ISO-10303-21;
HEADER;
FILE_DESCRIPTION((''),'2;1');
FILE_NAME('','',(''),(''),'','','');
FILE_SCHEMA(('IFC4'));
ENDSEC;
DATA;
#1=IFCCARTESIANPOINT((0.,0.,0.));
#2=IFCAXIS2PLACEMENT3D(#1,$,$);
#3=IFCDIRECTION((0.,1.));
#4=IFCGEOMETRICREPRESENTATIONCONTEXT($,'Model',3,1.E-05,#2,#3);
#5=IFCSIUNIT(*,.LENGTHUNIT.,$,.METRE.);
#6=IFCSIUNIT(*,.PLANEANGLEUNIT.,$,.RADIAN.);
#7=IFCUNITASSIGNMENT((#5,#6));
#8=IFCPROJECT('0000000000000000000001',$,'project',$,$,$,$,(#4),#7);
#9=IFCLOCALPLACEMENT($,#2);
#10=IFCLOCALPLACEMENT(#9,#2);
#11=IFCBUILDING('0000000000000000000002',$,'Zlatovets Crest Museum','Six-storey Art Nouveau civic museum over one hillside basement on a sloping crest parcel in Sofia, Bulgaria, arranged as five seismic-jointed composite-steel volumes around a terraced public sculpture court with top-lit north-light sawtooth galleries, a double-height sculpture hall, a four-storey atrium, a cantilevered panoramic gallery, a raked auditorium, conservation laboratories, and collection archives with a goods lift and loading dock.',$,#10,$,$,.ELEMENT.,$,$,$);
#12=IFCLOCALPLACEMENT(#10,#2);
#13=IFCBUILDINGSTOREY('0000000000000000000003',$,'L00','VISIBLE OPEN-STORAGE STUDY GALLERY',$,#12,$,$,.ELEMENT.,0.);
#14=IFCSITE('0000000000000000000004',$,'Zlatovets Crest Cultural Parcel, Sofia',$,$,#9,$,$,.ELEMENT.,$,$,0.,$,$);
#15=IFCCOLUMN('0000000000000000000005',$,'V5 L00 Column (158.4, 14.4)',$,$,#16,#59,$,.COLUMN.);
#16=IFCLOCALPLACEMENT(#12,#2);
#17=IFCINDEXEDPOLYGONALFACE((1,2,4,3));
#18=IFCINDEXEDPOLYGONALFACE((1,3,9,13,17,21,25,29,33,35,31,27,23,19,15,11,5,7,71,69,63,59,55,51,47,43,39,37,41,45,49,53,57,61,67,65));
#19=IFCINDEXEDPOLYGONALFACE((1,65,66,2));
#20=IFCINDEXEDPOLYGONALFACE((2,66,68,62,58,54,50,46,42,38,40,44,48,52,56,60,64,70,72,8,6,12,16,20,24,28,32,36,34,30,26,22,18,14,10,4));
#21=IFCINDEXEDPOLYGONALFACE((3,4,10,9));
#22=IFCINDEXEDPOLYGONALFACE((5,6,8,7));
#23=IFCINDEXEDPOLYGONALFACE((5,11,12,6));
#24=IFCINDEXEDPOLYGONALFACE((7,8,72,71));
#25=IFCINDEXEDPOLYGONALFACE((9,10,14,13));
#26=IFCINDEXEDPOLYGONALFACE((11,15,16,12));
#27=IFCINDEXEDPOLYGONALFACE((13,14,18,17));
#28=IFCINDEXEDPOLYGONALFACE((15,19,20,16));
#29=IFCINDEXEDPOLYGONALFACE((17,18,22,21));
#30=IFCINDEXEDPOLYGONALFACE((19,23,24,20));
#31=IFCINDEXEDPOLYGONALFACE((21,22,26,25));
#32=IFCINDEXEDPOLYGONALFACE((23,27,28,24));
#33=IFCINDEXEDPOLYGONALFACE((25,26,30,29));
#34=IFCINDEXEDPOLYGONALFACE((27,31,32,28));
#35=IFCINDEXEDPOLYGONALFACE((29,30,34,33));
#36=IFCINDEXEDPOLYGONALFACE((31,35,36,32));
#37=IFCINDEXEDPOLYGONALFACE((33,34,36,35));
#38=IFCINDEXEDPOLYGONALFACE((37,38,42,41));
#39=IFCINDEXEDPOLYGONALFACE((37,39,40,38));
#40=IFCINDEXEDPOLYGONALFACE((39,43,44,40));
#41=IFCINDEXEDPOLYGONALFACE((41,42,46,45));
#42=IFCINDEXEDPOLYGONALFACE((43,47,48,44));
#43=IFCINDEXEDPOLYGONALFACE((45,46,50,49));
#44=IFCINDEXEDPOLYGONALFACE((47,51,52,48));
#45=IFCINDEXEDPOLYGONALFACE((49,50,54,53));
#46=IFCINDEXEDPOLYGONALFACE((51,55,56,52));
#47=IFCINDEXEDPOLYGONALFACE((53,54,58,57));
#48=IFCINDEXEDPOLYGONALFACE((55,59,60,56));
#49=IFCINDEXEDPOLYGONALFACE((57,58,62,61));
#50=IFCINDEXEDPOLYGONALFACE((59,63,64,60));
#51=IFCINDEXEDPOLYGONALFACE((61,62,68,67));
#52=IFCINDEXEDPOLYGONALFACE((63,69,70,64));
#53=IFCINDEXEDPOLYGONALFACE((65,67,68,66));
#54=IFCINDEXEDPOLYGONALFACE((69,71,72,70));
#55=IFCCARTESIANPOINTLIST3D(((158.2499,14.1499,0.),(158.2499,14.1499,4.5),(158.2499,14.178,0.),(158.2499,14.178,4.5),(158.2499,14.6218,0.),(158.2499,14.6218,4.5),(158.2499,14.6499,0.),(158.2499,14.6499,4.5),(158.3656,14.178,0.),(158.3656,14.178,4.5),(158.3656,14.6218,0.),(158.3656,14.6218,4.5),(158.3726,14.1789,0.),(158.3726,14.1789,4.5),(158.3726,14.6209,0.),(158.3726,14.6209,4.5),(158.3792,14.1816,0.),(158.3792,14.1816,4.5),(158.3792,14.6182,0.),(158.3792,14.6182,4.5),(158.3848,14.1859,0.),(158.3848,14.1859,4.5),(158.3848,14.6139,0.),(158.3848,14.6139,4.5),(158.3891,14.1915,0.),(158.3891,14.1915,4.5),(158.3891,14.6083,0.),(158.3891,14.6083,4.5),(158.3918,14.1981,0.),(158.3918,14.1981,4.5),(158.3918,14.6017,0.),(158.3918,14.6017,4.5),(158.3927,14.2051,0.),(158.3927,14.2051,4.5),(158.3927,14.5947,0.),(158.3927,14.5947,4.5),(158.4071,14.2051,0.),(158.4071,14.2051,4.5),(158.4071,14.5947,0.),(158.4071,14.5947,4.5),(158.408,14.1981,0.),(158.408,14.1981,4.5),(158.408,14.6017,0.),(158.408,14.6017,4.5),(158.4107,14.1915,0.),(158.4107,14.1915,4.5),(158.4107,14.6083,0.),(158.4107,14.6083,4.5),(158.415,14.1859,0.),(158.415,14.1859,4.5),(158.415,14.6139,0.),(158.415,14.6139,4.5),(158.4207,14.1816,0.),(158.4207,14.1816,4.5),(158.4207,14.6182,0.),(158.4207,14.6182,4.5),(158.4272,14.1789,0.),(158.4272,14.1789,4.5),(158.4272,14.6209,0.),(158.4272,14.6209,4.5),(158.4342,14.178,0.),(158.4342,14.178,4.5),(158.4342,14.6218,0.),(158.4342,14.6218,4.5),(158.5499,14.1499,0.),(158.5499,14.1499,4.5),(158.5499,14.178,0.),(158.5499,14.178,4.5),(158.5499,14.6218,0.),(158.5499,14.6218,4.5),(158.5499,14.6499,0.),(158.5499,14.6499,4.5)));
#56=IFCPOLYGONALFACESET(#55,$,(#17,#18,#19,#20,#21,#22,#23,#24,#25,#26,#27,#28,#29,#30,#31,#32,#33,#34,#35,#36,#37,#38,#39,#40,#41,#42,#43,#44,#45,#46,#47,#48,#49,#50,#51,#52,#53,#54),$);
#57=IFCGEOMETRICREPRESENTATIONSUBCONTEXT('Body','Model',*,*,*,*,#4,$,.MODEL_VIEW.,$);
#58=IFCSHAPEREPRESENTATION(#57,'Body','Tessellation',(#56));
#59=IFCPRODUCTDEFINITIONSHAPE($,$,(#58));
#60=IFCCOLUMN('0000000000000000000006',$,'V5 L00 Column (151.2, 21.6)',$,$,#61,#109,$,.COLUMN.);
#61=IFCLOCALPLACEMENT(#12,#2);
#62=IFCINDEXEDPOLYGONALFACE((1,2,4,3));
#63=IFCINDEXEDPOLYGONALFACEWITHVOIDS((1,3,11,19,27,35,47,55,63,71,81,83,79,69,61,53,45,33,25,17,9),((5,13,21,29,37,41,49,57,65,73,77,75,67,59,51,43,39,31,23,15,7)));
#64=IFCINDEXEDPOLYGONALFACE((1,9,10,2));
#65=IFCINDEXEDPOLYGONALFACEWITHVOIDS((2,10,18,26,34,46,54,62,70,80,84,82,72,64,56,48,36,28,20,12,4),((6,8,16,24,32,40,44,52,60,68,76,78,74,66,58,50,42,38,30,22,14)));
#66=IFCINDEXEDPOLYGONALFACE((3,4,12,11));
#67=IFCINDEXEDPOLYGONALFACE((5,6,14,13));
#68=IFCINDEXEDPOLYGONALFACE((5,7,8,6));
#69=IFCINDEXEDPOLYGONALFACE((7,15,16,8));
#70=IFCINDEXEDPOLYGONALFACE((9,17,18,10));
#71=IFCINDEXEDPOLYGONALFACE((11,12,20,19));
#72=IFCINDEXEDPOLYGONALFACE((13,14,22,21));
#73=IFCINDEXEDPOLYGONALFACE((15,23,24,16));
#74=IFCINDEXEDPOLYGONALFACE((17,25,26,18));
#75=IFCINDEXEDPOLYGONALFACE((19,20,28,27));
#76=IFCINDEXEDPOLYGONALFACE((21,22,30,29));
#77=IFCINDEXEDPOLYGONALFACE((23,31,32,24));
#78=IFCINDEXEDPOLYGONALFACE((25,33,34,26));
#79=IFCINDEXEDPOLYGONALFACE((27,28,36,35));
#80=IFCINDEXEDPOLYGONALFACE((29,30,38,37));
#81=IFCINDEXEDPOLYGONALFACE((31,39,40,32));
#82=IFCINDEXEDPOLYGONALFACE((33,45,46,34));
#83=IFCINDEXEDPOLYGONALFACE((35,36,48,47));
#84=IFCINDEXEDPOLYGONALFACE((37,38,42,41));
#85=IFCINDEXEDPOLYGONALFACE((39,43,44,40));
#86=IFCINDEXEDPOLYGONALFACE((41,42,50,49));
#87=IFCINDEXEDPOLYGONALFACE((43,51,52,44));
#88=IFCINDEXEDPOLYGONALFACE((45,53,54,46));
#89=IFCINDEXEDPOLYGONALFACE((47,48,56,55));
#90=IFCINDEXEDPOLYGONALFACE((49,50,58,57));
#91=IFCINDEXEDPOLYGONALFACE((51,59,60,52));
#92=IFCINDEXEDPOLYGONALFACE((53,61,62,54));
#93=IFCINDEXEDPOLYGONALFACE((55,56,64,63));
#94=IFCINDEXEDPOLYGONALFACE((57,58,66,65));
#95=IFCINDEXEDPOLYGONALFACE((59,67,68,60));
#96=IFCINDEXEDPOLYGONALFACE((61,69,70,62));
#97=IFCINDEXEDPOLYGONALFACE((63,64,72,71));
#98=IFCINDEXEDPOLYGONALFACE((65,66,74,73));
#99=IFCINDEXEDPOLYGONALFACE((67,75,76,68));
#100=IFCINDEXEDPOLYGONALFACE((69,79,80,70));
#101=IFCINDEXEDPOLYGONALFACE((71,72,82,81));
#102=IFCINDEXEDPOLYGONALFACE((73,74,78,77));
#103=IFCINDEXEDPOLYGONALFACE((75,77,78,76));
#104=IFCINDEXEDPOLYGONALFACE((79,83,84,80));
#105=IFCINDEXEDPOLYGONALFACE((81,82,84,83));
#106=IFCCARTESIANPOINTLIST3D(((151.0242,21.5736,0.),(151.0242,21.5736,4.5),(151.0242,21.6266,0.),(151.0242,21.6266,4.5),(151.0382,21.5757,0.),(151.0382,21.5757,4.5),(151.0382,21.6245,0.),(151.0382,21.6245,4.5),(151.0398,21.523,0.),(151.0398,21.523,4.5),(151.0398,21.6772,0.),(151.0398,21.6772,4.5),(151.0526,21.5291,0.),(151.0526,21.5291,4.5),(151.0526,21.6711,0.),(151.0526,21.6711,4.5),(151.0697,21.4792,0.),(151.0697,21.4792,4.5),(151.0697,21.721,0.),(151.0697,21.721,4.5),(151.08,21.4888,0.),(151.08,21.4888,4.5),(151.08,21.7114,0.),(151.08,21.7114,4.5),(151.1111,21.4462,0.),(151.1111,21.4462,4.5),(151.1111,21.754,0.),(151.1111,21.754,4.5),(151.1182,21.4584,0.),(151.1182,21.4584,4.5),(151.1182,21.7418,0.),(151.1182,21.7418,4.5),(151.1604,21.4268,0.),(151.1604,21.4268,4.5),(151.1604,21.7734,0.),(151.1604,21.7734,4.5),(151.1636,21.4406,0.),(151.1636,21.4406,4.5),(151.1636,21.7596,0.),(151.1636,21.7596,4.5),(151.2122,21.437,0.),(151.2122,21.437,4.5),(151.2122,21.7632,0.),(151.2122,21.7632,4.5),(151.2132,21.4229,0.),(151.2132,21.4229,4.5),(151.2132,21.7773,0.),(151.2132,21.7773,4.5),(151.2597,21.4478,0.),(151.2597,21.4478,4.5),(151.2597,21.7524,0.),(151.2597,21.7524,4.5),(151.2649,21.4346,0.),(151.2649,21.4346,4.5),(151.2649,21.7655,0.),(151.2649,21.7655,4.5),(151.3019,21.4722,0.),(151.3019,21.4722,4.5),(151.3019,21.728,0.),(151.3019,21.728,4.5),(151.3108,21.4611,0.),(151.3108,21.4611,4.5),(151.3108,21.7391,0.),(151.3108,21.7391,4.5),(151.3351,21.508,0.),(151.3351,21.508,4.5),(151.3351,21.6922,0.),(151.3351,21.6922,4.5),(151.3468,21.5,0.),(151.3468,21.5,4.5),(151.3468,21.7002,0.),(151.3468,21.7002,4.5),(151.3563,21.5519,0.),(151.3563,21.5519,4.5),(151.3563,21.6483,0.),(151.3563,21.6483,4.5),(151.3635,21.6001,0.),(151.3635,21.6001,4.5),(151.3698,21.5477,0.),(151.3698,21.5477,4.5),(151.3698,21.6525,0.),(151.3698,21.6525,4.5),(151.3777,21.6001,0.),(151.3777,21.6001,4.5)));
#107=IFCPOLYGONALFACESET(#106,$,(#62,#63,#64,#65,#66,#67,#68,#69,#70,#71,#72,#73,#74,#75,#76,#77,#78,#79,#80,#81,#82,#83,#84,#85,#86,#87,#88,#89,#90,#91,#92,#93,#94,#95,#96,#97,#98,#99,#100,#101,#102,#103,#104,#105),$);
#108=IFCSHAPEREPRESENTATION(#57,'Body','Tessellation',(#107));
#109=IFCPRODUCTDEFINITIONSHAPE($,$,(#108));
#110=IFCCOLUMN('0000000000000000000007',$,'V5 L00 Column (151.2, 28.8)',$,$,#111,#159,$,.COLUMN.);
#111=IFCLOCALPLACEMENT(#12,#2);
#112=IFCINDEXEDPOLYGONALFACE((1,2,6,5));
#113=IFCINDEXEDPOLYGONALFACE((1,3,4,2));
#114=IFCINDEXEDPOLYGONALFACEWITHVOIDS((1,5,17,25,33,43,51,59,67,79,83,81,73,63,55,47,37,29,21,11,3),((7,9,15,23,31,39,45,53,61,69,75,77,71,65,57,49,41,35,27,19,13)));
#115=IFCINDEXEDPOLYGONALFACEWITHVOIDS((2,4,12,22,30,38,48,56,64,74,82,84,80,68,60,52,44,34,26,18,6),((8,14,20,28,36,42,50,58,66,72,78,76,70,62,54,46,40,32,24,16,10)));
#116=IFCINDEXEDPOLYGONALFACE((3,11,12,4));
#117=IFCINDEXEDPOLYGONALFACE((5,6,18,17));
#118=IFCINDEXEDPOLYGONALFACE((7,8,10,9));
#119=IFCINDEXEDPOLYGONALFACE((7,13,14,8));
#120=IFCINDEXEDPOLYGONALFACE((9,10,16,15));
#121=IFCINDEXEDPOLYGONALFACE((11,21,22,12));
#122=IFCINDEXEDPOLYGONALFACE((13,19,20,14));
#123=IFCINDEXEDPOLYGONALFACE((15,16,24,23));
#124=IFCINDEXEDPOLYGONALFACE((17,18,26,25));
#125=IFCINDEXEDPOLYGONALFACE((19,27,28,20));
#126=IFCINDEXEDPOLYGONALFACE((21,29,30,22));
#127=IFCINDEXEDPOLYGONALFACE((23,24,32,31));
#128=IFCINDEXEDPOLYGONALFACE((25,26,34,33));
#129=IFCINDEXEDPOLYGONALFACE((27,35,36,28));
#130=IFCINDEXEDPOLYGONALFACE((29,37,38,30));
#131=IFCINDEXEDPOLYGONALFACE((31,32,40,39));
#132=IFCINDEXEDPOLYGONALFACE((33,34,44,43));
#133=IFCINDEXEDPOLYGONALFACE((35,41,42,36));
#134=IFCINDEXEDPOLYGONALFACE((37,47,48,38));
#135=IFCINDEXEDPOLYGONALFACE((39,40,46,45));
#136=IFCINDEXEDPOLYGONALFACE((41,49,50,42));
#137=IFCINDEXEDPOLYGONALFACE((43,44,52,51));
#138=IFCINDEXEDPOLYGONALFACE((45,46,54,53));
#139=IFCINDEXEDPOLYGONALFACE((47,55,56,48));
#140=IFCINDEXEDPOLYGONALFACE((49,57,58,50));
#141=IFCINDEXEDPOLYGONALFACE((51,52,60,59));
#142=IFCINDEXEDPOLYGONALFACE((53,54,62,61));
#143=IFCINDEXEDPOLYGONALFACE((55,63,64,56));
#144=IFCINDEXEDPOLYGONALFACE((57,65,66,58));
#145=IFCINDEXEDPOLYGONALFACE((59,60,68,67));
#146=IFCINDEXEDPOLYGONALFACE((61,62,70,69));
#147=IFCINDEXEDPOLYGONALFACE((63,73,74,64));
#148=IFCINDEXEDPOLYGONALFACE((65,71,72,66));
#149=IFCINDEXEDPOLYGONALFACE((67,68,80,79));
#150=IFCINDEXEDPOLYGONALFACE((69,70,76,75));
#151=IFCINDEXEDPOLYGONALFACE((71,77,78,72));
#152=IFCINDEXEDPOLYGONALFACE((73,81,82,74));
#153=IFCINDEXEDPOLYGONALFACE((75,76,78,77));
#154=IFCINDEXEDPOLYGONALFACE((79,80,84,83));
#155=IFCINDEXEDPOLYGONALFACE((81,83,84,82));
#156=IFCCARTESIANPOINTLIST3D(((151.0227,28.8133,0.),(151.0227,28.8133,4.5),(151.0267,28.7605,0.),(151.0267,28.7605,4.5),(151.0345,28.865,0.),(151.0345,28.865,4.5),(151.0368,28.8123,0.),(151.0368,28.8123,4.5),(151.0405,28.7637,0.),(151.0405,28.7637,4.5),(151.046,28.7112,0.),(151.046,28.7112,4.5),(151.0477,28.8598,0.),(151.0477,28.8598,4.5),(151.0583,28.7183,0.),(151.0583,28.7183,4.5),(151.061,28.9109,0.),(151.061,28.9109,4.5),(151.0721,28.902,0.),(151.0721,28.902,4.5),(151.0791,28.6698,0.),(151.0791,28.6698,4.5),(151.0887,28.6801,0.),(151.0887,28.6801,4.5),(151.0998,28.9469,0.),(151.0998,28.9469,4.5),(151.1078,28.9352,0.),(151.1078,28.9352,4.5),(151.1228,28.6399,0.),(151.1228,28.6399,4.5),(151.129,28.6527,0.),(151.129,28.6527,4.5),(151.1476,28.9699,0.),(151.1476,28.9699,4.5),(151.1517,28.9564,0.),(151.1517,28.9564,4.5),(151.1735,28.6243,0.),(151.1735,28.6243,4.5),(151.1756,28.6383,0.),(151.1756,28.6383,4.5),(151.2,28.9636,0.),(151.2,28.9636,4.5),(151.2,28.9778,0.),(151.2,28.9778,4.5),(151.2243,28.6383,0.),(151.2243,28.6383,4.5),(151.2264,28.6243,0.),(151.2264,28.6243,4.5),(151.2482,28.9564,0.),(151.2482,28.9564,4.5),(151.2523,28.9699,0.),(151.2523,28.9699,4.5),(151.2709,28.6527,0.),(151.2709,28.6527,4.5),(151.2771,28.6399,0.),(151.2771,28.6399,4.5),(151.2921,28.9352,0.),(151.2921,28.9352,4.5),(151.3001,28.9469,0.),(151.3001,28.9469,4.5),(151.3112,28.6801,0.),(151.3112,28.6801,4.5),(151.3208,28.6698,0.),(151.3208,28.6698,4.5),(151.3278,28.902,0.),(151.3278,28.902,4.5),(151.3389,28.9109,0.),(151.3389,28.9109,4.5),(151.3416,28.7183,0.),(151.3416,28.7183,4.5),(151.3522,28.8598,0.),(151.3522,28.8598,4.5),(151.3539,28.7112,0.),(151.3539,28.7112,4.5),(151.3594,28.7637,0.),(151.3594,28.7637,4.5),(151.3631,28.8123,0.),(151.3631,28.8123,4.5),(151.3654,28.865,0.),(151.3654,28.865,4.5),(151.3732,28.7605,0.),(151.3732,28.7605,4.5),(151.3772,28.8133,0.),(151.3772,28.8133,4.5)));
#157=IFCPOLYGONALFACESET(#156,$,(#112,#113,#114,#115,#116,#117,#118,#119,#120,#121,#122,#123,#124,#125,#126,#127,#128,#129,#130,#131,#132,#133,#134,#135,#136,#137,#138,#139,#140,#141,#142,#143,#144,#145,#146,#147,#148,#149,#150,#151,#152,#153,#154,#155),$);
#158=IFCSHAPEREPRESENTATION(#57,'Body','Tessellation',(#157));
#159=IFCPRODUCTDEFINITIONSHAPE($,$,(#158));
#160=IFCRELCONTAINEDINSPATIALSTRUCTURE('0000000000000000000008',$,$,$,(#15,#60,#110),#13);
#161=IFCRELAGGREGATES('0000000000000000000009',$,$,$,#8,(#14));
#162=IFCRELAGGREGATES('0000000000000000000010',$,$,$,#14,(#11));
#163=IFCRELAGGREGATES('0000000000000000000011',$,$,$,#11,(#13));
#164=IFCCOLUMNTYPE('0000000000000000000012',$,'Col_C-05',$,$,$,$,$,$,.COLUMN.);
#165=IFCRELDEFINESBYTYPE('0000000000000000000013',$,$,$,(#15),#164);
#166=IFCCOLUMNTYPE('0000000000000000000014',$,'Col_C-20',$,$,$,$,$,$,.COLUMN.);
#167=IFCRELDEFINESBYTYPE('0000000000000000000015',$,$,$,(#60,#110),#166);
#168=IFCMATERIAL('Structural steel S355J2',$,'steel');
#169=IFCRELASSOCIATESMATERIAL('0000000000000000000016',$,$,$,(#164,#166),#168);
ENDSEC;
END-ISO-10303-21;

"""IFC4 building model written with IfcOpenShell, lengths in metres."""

from ifc_helpers import new_model, si_unit, direction, frame, origin, origin_2d, place, context, subcontext, project, spatial, hollow_circle, i_section, extrude, material, material_profile, profile_set, type_object, element, save


model = new_model("IFC4")

# Units and contexts
model_context = context("Model", 3, precision=1e-05, world=origin(), true_north=direction((0.0, 1.0)))
body_context = subcontext(model_context, "Body", "Model", "MODEL_VIEW")
ifc_project = project(units=[si_unit("LENGTHUNIT", "METRE"), si_unit("PLANEANGLEUNIT", "RADIAN")], contexts=[model_context])

# Site, building, storey
site_placement = place(None, origin())
site = spatial("IfcSite", under=ifc_project, at=site_placement, Name="Zlatovets Crest Cultural Parcel, Sofia", CompositionType="ELEMENT", RefElevation=0.0)
building_placement = place(site_placement, origin())
building = spatial("IfcBuilding", under=site, at=building_placement, Name="Zlatovets Crest Museum", Description="Six-storey Art Nouveau civic museum over one hillside basement on a sloping crest parcel in Sofia, Bulgaria, arranged as five seismic-jointed composite-steel volumes around a terraced public sculpture court with top-lit north-light sawtooth galleries, a double-height sculpture hall, a four-storey atrium, a cantilevered panoramic gallery, a raked auditorium, conservation laboratories, and collection archives with a goods lift and loading dock.", CompositionType="ELEMENT")
storey_placement = place(building_placement, origin())
storey = spatial("IfcBuildingStorey", under=building, at=storey_placement, Name="L00", Description="VISIBLE OPEN-STORAGE STUDY GALLERY", CompositionType="ELEMENT", Elevation=0.0)

# Columns
ifc_material_1 = material(Name="Structural steel S355J2", Category="steel")
ifc_material_profile_1 = material_profile(ifc_material_1, i_section(OverallWidth=0.3, OverallDepth=0.5, WebThickness=0.0144, FlangeThickness=0.0281, FilletRadius=0.0271, at=origin_2d()), Name="HEB 500")
ifc_profile_set_1 = profile_set([ifc_material_profile_1], Name="Structural steel S355J2")
column_type_1 = type_object("IfcColumnType", Name="Col_C-05", PredefinedType="COLUMN", material=ifc_profile_set_1)
column_placement = place(storey_placement, frame((158.3999, 14.3999, 0.0), z_axis=(0.0, 0.0, 1.0), x_axis=(1.0, 0.0, 0.0)))
element("IfcColumn", 1, at=column_placement, inside=storey, type_object=column_type_1, Name="V5 L00 Column (158.4, 14.4)", PredefinedType="COLUMN", context=body_context, shape_type="SweptSolid", body=[
    extrude(i_section(OverallWidth=0.3, OverallDepth=0.5, WebThickness=0.0144, FlangeThickness=0.0281, FilletRadius=0.0271, at=origin_2d()), origin(), (0.0, 0.0, 1.0), 4.5),
])
ifc_material_profile_2 = material_profile(ifc_material_1, hollow_circle(Radius=0.1777, WallThickness=0.0142, at=origin_2d()), Name="CHS 355.6x14.2")
ifc_profile_set_2 = profile_set([ifc_material_profile_2], Name="Structural steel S355J2")
column_type_2 = type_object("IfcColumnType", Name="Col_C-20", PredefinedType="COLUMN", material=ifc_profile_set_2)
for number, where, z_axis, x_axis, name in (
    (2, (151.2, 21.6001, 0.0), (0.0, 0.0, 1.0), (1.0, 0.0, 0.0), "V5 L00 Column (151.2, 21.6)"),
    (3, (151.2, 28.8, 0.0), (0.0, 0.0, 1.0), (0.0, 1.0, 0.0), "V5 L00 Column (151.2, 28.8)"),
):
    element("IfcColumn", number, at=place(storey_placement, frame(where, z_axis=z_axis, x_axis=x_axis)), inside=storey, type_object=column_type_2, Name=name, PredefinedType="COLUMN", context=body_context, shape_type="SweptSolid", body=[
        extrude(hollow_circle(Radius=0.1777, WallThickness=0.0142, at=origin_2d()), origin(), (0.0, 0.0, 1.0), 4.5),
    ])

save(model, "model.ifc")
